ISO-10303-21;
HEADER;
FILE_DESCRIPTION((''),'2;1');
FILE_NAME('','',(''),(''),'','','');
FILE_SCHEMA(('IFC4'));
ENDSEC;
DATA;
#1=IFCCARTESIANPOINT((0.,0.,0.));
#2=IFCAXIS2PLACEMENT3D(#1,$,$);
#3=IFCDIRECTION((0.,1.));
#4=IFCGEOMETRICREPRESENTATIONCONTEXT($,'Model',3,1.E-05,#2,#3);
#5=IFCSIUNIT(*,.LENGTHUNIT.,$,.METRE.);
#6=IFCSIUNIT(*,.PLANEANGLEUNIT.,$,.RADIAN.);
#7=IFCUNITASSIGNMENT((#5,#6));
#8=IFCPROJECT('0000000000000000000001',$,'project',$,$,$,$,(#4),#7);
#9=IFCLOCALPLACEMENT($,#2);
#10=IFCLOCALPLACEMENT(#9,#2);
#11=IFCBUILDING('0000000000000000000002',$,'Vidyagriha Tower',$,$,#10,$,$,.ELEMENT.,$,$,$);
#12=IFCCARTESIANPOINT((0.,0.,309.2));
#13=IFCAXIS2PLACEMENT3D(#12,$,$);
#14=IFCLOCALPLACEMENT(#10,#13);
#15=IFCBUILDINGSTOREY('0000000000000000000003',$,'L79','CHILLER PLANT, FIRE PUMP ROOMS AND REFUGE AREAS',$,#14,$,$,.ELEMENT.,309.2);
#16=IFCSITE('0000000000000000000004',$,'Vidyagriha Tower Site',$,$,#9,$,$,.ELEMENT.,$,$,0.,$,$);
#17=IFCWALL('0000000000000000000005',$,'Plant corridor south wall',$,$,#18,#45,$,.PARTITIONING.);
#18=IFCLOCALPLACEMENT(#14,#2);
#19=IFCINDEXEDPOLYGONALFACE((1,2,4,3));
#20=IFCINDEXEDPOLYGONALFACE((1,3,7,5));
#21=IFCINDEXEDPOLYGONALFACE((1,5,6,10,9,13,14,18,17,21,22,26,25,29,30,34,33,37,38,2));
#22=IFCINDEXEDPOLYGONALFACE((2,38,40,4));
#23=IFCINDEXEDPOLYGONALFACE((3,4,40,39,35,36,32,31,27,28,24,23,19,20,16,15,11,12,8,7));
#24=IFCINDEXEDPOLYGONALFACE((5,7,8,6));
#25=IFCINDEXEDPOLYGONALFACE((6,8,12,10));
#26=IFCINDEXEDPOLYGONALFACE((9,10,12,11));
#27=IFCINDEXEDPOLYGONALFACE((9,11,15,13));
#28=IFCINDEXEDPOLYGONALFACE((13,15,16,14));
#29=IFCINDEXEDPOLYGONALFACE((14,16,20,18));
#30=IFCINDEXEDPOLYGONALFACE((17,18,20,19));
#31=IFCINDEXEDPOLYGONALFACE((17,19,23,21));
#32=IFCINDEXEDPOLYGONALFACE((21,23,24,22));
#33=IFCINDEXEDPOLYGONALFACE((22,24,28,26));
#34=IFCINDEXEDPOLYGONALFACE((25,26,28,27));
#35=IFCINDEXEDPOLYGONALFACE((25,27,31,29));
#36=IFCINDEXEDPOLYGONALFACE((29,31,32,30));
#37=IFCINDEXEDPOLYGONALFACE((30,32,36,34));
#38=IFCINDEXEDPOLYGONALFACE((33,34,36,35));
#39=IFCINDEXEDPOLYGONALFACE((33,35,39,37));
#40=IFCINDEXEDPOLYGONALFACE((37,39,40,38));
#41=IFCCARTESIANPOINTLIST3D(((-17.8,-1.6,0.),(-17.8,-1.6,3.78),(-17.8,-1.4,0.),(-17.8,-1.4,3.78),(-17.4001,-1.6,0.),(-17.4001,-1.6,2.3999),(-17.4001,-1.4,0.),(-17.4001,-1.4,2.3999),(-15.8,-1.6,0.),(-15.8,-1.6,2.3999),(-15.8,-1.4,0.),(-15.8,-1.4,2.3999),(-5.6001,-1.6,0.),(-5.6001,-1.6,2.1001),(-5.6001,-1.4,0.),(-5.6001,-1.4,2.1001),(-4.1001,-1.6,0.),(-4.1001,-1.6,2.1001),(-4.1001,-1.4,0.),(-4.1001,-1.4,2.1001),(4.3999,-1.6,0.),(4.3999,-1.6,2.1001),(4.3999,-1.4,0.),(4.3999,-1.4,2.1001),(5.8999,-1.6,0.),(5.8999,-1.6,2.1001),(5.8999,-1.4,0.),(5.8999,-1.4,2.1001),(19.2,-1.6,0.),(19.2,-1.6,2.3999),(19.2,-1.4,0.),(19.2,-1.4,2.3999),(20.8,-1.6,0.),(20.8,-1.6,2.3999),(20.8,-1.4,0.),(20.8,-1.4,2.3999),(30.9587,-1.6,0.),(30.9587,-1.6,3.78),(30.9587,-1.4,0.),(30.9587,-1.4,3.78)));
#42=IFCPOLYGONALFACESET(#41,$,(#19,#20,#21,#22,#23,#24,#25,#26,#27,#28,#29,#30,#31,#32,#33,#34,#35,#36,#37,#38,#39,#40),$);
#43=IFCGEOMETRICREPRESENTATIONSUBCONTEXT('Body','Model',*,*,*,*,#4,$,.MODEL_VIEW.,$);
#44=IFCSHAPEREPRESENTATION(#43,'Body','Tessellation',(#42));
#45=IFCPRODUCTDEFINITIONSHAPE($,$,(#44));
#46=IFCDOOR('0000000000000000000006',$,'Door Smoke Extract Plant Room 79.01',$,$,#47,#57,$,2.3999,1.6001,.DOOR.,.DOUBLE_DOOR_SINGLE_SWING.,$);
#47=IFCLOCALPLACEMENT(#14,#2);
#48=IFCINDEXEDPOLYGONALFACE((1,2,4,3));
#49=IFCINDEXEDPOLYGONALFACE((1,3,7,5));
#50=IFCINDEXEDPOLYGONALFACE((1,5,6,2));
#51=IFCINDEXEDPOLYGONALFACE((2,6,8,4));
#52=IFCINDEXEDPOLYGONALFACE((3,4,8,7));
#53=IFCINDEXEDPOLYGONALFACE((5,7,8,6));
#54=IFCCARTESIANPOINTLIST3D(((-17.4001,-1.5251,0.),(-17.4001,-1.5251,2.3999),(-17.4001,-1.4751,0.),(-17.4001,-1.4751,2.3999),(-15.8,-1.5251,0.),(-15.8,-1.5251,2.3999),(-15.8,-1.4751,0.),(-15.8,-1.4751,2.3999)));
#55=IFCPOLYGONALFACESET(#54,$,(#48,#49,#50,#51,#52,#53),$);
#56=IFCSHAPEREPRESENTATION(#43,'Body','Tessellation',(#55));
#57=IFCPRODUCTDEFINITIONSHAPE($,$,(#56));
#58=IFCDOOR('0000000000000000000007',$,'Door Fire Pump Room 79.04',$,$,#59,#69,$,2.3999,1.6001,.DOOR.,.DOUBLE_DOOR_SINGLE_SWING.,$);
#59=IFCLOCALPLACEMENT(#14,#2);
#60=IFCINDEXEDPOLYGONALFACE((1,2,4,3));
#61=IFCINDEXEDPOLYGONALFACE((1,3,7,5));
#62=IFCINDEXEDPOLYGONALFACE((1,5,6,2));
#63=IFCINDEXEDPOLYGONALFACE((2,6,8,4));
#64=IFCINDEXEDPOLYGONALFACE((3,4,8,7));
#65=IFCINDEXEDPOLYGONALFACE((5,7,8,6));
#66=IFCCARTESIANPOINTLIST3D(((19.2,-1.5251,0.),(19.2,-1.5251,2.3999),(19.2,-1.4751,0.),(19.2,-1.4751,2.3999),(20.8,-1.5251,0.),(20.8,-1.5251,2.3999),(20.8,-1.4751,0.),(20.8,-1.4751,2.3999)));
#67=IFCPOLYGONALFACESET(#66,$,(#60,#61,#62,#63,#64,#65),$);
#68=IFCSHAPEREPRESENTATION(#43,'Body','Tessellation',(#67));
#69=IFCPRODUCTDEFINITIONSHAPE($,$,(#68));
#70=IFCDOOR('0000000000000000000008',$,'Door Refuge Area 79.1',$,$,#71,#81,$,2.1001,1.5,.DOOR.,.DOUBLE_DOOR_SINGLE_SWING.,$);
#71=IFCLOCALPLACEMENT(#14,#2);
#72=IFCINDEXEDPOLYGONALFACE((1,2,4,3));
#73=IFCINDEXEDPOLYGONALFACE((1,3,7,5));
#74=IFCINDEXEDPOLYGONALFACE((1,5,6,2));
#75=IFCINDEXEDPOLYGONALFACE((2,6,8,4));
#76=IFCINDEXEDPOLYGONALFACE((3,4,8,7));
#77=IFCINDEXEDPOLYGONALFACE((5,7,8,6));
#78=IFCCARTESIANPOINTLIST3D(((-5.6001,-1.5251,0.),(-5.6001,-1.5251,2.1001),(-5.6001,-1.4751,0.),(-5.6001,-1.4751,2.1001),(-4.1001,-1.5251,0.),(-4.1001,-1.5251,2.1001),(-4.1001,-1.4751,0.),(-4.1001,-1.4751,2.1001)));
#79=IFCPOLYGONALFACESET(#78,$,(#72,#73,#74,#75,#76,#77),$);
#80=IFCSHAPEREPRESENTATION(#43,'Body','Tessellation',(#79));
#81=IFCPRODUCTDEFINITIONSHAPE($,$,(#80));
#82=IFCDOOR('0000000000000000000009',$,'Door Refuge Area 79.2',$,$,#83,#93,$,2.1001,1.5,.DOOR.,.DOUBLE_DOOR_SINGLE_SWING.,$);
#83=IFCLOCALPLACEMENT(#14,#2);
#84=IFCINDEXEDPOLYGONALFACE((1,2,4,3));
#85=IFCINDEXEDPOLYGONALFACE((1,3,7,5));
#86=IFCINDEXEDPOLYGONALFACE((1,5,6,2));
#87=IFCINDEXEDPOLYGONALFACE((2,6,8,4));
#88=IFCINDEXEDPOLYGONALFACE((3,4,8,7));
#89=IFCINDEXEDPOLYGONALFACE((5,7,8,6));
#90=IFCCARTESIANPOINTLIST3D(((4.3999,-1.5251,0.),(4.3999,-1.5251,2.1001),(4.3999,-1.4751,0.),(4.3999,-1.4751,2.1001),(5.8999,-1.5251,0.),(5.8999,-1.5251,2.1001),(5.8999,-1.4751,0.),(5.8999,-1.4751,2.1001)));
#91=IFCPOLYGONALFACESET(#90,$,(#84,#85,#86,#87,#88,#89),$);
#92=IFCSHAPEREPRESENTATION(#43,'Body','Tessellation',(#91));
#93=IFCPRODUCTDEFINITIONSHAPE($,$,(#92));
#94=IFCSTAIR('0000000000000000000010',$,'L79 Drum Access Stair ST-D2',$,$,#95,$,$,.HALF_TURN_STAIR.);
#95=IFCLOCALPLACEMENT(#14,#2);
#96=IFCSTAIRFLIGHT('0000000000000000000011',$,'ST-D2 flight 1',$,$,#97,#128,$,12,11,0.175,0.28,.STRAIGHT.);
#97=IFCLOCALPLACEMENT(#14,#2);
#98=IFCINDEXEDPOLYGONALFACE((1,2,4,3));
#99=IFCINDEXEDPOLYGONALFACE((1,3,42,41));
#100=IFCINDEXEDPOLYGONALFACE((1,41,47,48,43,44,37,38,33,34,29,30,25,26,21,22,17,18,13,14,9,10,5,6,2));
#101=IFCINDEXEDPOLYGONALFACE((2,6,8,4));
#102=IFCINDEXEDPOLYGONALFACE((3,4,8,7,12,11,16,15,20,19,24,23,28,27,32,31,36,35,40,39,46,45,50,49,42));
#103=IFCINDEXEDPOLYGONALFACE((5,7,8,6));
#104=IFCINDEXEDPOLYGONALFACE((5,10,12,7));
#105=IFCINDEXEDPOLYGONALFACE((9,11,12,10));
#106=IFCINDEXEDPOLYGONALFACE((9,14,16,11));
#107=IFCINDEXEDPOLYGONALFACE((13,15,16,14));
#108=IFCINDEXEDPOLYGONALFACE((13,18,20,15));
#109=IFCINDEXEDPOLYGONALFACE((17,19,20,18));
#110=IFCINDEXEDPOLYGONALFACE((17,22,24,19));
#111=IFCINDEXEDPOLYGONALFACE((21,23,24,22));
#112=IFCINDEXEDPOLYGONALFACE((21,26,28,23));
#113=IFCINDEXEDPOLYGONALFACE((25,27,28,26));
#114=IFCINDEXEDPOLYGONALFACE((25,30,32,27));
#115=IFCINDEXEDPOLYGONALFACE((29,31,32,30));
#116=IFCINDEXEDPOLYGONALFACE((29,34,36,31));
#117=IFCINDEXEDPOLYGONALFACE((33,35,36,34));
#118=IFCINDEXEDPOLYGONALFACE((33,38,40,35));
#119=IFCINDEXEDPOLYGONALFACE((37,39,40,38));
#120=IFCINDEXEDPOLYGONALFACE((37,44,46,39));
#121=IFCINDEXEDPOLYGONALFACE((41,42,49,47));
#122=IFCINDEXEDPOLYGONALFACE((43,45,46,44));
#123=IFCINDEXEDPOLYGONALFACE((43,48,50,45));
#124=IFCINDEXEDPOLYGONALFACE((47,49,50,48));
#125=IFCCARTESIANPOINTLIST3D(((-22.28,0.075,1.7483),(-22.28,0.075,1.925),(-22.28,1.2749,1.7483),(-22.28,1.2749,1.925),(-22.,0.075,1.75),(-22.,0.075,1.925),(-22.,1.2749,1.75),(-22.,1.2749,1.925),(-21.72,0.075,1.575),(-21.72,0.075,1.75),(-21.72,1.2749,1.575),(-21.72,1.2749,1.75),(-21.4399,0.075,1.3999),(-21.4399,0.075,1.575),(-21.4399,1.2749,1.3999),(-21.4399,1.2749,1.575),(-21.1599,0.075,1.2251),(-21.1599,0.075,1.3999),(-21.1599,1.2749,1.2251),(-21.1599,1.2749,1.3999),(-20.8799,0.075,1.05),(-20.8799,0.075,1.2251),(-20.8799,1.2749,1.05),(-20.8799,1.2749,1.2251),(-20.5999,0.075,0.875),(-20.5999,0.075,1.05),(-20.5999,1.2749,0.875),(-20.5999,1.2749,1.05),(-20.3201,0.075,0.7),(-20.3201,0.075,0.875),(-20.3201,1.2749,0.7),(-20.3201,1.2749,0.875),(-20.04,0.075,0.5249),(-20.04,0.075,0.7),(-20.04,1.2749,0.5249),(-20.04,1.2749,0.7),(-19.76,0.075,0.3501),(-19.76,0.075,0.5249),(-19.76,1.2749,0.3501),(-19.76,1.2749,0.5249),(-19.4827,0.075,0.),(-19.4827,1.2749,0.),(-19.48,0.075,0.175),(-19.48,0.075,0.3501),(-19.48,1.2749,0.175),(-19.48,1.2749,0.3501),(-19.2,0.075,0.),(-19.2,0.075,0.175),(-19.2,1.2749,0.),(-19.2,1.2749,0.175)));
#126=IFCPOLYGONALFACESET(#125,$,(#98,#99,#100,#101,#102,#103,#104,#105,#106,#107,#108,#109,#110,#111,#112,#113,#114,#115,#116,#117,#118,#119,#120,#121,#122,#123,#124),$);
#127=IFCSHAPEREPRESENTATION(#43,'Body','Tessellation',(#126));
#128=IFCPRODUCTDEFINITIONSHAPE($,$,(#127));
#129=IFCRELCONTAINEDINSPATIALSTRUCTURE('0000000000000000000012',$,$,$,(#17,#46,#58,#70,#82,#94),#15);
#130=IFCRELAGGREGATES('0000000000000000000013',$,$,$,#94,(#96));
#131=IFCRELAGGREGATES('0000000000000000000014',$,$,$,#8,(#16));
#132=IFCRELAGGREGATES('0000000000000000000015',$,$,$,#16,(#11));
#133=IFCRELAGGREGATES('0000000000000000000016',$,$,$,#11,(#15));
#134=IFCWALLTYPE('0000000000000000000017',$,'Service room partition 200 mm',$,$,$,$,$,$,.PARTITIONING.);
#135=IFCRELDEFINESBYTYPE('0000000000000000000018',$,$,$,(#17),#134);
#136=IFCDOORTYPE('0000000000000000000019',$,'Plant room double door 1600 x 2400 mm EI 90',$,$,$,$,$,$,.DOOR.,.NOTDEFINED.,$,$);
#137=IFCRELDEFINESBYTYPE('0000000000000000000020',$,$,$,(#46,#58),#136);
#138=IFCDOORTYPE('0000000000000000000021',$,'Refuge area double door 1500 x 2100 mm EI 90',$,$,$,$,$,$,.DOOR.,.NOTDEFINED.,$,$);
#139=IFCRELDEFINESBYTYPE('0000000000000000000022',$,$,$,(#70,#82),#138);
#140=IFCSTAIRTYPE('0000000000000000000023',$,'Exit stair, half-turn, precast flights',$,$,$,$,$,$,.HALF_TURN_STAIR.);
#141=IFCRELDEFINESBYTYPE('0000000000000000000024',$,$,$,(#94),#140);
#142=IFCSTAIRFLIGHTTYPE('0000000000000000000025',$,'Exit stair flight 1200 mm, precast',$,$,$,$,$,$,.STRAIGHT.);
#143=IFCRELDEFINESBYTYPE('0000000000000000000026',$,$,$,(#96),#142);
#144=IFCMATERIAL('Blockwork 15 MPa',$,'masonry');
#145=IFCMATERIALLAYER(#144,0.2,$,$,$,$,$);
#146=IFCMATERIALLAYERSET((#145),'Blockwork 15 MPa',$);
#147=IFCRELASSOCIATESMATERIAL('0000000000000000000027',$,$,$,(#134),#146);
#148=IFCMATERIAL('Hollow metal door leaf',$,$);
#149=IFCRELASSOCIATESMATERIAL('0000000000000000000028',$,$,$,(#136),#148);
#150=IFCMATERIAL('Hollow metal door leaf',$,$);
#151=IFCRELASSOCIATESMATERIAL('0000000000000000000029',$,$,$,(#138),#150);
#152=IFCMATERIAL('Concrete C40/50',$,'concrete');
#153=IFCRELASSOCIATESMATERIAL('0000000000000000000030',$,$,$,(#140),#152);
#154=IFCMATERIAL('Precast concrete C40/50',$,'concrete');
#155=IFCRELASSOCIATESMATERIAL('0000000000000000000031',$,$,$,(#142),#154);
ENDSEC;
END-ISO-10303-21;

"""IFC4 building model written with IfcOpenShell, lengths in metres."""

from ifc_helpers import new_model, si_unit, direction, frame, frame_2d, origin, place, context, subcontext, project, spatial, polyline, rectangle, outline, extrude, material, layer, layer_set, type_object, element, fill, aggregate, save


model = new_model("IFC4")

# Units and contexts
model_context = context("Model", 3, precision=1e-05, world=origin(), true_north=direction((0.0, 1.0)))
body_context = subcontext(model_context, "Body", "Model", "MODEL_VIEW")
ifc_project = project(units=[si_unit("LENGTHUNIT", "METRE"), si_unit("PLANEANGLEUNIT", "RADIAN")], contexts=[model_context])

# Site, building, storey
site_placement = place(None, origin())
site = spatial("IfcSite", under=ifc_project, at=site_placement, Name="Vidyagriha Tower Site", CompositionType="ELEMENT", RefElevation=0.0)
building_placement = place(site_placement, origin())
building = spatial("IfcBuilding", under=site, at=building_placement, Name="Vidyagriha Tower", CompositionType="ELEMENT")
storey_placement = place(building_placement, frame((0.0, 0.0, 309.2)))
storey = spatial("IfcBuildingStorey", under=building, at=storey_placement, Name="L79", Description="CHILLER PLANT, FIRE PUMP ROOMS AND REFUGE AREAS", CompositionType="ELEMENT", Elevation=309.2)

# Wall, openings, doors
ifc_material_1 = material(Name="Blockwork 15 MPa", Category="masonry")
ifc_layer_1 = layer(ifc_material_1, 0.2)
ifc_layer_set_1 = layer_set([ifc_layer_1], Name="Blockwork 15 MPa")
wall_type_1 = type_object("IfcWallType", Name="Service room partition 200 mm", PredefinedType="PARTITIONING", material=ifc_layer_set_1)
wall_1_placement = place(storey_placement, frame((-17.8, -1.5, 0.0)))
wall_1 = element("IfcWall", 1, at=wall_1_placement, inside=storey, type_object=wall_type_1, Name="Plant corridor south wall", PredefinedType="PARTITIONING", context=body_context, shape_type="SweptSolid", body=[
    extrude(rectangle(XDim=48.7588, YDim=0.2, at=frame_2d((24.3794, 0.0))), origin(), (0.0, 0.0, 1.0), 3.78),
])
opening_1_placement = place(wall_1_placement, frame((0.3999, 0.0, 0.0)))
opening_1 = element("IfcOpeningElement", 2, at=opening_1_placement, cuts=wall_1, PredefinedType="OPENING", context=body_context, shape_type="SweptSolid", body=[
    extrude(rectangle(XDim=1.6001, YDim=2.3999, at=frame_2d((0.8, 1.2))), frame((0.0, 0.1099, 0.0), z_axis=(0.0, -1.0, 0.0), x_axis=(1.0, 0.0, 0.0)), (0.0, 0.0, 1.0), 0.22),
])
opening_2_placement = place(wall_1_placement, frame((12.2, 0.0, 0.0)))
opening_2 = element("IfcOpeningElement", 3, at=opening_2_placement, cuts=wall_1, PredefinedType="OPENING", context=body_context, shape_type="SweptSolid", body=[
    extrude(rectangle(XDim=1.5, YDim=2.1001, at=frame_2d((0.75, 1.05))), frame((0.0, 0.1099, 0.0), z_axis=(0.0, -1.0, 0.0), x_axis=(1.0, 0.0, 0.0)), (0.0, 0.0, 1.0), 0.22),
])
opening_3_placement = place(wall_1_placement, frame((22.2, 0.0, 0.0)))
opening_3 = element("IfcOpeningElement", 4, at=opening_3_placement, cuts=wall_1, PredefinedType="OPENING", context=body_context, shape_type="SweptSolid", body=[
    extrude(rectangle(XDim=1.5, YDim=2.1001, at=frame_2d((0.75, 1.05))), frame((0.0, 0.1099, 0.0), z_axis=(0.0, -1.0, 0.0), x_axis=(1.0, 0.0, 0.0)), (0.0, 0.0, 1.0), 0.22),
])
opening_4_placement = place(wall_1_placement, frame((37.0, 0.0, 0.0)))
opening_4 = element("IfcOpeningElement", 5, at=opening_4_placement, cuts=wall_1, PredefinedType="OPENING", context=body_context, shape_type="SweptSolid", body=[
    extrude(rectangle(XDim=1.6001, YDim=2.3999, at=frame_2d((0.8, 1.2))), frame((0.0, 0.1099, 0.0), z_axis=(0.0, -1.0, 0.0), x_axis=(1.0, 0.0, 0.0)), (0.0, 0.0, 1.0), 0.22),
])
ifc_material_2 = material(Name="Hollow metal door leaf")
door_type_1 = type_object("IfcDoorType", Name="Plant room double door 1600 x 2400 mm EI 90", OperationType="NOTDEFINED", PredefinedType="DOOR", material=ifc_material_2)
door_1_placement = place(opening_1_placement, origin())
door_1 = element("IfcDoor", 6, at=door_1_placement, inside=storey, type_object=door_type_1, Name="Door Smoke Extract Plant Room 79.01", OperationType="DOUBLE_DOOR_SINGLE_SWING", OverallHeight=2.3999, OverallWidth=1.6001, PredefinedType="DOOR", context=body_context, shape_type="SweptSolid", body=[
    extrude(rectangle(XDim=1.6001, YDim=2.3999, at=frame_2d((0.8, 1.2))), frame((0.0, 0.0249, 0.0), z_axis=(0.0, -1.0, 0.0), x_axis=(1.0, 0.0, 0.0)), (0.0, 0.0, 1.0), 0.05),
])
fill(opening_1, door_1)
door_2_placement = place(opening_4_placement, origin())
door_2 = element("IfcDoor", 7, at=door_2_placement, inside=storey, type_object=door_type_1, Name="Door Fire Pump Room 79.04", OperationType="DOUBLE_DOOR_SINGLE_SWING", OverallHeight=2.3999, OverallWidth=1.6001, PredefinedType="DOOR", context=body_context, shape_type="SweptSolid", body=[
    extrude(rectangle(XDim=1.6001, YDim=2.3999, at=frame_2d((0.8, 1.2))), frame((0.0, 0.0249, 0.0), z_axis=(0.0, -1.0, 0.0), x_axis=(1.0, 0.0, 0.0)), (0.0, 0.0, 1.0), 0.05),
])
fill(opening_4, door_2)
ifc_material_3 = material(Name="Hollow metal door leaf")
door_type_2 = type_object("IfcDoorType", Name="Refuge area double door 1500 x 2100 mm EI 90", OperationType="NOTDEFINED", PredefinedType="DOOR", material=ifc_material_3)
door_3_placement = place(opening_2_placement, origin())
door_3 = element("IfcDoor", 8, at=door_3_placement, inside=storey, type_object=door_type_2, Name="Door Refuge Area 79.1", OperationType="DOUBLE_DOOR_SINGLE_SWING", OverallHeight=2.1001, OverallWidth=1.5, PredefinedType="DOOR", context=body_context, shape_type="SweptSolid", body=[
    extrude(rectangle(XDim=1.5, YDim=2.1001, at=frame_2d((0.75, 1.05))), frame((0.0, 0.0249, 0.0), z_axis=(0.0, -1.0, 0.0), x_axis=(1.0, 0.0, 0.0)), (0.0, 0.0, 1.0), 0.05),
])
fill(opening_2, door_3)
door_4_placement = place(opening_3_placement, origin())
door_4 = element("IfcDoor", 9, at=door_4_placement, inside=storey, type_object=door_type_2, Name="Door Refuge Area 79.2", OperationType="DOUBLE_DOOR_SINGLE_SWING", OverallHeight=2.1001, OverallWidth=1.5, PredefinedType="DOOR", context=body_context, shape_type="SweptSolid", body=[
    extrude(rectangle(XDim=1.5, YDim=2.1001, at=frame_2d((0.75, 1.05))), frame((0.0, 0.0249, 0.0), z_axis=(0.0, -1.0, 0.0), x_axis=(1.0, 0.0, 0.0)), (0.0, 0.0, 1.0), 0.05),
])
fill(opening_3, door_4)

# Stair, stair flight
ifc_material_4 = material(Name="Concrete C40/50", Category="concrete")
stair_type = type_object("IfcStairType", Name="Exit stair, half-turn, precast flights", PredefinedType="HALF_TURN_STAIR", material=ifc_material_4)
stair_placement = place(storey_placement, origin())
stair = element("IfcStair", 10, at=stair_placement, inside=storey, type_object=stair_type, Name="L79 Drum Access Stair ST-D2", PredefinedType="HALF_TURN_STAIR")
ifc_material_5 = material(Name="Precast concrete C40/50", Category="concrete")
stair_flight_type = type_object("IfcStairFlightType", Name="Exit stair flight 1200 mm, precast", PredefinedType="STRAIGHT", material=ifc_material_5)
stair_flight_placement = place(storey_placement, frame((-19.2, 0.675, 0.0), z_axis=(0.0, 0.0, 1.0), x_axis=(-1.0, 0.0, 0.0)))
stair_flight = element("IfcStairFlight", 11, at=stair_flight_placement, type_object=stair_flight_type, Name="ST-D2 flight 1", NumberOfRisers=12, NumberOfTreads=11, PredefinedType="STRAIGHT", RiserHeight=0.175, TreadLength=0.28, context=body_context, shape_type="SweptSolid", body=[
    extrude(outline(polyline([(0.0, 0.0), (0.0, 0.175), (0.28, 0.175), (0.28, 0.3501), (0.5601, 0.3501), (0.5601, 0.5249), (0.8401, 0.5249), (0.8401, 0.7), (1.1201, 0.7), (1.1201, 0.875), (1.3999, 0.875), (1.3999, 1.05), (1.6799, 1.05), (1.6799, 1.2251), (1.96, 1.2251), (1.96, 1.3999), (2.24, 1.3999), (2.24, 1.575), (2.52, 1.575), (2.52, 1.75), (2.8, 1.75), (2.8, 1.925), (3.0801, 1.925), (3.0801, 2.1001), (3.0801, 1.7483), (0.2827, 0.0), (0.0, 0.0)])), frame((0.0, 0.6001, 0.0), z_axis=(0.0, -1.0, 0.0), x_axis=(1.0, 0.0, 0.0)), (0.0, 0.0, 1.0), 1.2),
])
aggregate(stair, [stair_flight])

save(model, "model.ifc")
